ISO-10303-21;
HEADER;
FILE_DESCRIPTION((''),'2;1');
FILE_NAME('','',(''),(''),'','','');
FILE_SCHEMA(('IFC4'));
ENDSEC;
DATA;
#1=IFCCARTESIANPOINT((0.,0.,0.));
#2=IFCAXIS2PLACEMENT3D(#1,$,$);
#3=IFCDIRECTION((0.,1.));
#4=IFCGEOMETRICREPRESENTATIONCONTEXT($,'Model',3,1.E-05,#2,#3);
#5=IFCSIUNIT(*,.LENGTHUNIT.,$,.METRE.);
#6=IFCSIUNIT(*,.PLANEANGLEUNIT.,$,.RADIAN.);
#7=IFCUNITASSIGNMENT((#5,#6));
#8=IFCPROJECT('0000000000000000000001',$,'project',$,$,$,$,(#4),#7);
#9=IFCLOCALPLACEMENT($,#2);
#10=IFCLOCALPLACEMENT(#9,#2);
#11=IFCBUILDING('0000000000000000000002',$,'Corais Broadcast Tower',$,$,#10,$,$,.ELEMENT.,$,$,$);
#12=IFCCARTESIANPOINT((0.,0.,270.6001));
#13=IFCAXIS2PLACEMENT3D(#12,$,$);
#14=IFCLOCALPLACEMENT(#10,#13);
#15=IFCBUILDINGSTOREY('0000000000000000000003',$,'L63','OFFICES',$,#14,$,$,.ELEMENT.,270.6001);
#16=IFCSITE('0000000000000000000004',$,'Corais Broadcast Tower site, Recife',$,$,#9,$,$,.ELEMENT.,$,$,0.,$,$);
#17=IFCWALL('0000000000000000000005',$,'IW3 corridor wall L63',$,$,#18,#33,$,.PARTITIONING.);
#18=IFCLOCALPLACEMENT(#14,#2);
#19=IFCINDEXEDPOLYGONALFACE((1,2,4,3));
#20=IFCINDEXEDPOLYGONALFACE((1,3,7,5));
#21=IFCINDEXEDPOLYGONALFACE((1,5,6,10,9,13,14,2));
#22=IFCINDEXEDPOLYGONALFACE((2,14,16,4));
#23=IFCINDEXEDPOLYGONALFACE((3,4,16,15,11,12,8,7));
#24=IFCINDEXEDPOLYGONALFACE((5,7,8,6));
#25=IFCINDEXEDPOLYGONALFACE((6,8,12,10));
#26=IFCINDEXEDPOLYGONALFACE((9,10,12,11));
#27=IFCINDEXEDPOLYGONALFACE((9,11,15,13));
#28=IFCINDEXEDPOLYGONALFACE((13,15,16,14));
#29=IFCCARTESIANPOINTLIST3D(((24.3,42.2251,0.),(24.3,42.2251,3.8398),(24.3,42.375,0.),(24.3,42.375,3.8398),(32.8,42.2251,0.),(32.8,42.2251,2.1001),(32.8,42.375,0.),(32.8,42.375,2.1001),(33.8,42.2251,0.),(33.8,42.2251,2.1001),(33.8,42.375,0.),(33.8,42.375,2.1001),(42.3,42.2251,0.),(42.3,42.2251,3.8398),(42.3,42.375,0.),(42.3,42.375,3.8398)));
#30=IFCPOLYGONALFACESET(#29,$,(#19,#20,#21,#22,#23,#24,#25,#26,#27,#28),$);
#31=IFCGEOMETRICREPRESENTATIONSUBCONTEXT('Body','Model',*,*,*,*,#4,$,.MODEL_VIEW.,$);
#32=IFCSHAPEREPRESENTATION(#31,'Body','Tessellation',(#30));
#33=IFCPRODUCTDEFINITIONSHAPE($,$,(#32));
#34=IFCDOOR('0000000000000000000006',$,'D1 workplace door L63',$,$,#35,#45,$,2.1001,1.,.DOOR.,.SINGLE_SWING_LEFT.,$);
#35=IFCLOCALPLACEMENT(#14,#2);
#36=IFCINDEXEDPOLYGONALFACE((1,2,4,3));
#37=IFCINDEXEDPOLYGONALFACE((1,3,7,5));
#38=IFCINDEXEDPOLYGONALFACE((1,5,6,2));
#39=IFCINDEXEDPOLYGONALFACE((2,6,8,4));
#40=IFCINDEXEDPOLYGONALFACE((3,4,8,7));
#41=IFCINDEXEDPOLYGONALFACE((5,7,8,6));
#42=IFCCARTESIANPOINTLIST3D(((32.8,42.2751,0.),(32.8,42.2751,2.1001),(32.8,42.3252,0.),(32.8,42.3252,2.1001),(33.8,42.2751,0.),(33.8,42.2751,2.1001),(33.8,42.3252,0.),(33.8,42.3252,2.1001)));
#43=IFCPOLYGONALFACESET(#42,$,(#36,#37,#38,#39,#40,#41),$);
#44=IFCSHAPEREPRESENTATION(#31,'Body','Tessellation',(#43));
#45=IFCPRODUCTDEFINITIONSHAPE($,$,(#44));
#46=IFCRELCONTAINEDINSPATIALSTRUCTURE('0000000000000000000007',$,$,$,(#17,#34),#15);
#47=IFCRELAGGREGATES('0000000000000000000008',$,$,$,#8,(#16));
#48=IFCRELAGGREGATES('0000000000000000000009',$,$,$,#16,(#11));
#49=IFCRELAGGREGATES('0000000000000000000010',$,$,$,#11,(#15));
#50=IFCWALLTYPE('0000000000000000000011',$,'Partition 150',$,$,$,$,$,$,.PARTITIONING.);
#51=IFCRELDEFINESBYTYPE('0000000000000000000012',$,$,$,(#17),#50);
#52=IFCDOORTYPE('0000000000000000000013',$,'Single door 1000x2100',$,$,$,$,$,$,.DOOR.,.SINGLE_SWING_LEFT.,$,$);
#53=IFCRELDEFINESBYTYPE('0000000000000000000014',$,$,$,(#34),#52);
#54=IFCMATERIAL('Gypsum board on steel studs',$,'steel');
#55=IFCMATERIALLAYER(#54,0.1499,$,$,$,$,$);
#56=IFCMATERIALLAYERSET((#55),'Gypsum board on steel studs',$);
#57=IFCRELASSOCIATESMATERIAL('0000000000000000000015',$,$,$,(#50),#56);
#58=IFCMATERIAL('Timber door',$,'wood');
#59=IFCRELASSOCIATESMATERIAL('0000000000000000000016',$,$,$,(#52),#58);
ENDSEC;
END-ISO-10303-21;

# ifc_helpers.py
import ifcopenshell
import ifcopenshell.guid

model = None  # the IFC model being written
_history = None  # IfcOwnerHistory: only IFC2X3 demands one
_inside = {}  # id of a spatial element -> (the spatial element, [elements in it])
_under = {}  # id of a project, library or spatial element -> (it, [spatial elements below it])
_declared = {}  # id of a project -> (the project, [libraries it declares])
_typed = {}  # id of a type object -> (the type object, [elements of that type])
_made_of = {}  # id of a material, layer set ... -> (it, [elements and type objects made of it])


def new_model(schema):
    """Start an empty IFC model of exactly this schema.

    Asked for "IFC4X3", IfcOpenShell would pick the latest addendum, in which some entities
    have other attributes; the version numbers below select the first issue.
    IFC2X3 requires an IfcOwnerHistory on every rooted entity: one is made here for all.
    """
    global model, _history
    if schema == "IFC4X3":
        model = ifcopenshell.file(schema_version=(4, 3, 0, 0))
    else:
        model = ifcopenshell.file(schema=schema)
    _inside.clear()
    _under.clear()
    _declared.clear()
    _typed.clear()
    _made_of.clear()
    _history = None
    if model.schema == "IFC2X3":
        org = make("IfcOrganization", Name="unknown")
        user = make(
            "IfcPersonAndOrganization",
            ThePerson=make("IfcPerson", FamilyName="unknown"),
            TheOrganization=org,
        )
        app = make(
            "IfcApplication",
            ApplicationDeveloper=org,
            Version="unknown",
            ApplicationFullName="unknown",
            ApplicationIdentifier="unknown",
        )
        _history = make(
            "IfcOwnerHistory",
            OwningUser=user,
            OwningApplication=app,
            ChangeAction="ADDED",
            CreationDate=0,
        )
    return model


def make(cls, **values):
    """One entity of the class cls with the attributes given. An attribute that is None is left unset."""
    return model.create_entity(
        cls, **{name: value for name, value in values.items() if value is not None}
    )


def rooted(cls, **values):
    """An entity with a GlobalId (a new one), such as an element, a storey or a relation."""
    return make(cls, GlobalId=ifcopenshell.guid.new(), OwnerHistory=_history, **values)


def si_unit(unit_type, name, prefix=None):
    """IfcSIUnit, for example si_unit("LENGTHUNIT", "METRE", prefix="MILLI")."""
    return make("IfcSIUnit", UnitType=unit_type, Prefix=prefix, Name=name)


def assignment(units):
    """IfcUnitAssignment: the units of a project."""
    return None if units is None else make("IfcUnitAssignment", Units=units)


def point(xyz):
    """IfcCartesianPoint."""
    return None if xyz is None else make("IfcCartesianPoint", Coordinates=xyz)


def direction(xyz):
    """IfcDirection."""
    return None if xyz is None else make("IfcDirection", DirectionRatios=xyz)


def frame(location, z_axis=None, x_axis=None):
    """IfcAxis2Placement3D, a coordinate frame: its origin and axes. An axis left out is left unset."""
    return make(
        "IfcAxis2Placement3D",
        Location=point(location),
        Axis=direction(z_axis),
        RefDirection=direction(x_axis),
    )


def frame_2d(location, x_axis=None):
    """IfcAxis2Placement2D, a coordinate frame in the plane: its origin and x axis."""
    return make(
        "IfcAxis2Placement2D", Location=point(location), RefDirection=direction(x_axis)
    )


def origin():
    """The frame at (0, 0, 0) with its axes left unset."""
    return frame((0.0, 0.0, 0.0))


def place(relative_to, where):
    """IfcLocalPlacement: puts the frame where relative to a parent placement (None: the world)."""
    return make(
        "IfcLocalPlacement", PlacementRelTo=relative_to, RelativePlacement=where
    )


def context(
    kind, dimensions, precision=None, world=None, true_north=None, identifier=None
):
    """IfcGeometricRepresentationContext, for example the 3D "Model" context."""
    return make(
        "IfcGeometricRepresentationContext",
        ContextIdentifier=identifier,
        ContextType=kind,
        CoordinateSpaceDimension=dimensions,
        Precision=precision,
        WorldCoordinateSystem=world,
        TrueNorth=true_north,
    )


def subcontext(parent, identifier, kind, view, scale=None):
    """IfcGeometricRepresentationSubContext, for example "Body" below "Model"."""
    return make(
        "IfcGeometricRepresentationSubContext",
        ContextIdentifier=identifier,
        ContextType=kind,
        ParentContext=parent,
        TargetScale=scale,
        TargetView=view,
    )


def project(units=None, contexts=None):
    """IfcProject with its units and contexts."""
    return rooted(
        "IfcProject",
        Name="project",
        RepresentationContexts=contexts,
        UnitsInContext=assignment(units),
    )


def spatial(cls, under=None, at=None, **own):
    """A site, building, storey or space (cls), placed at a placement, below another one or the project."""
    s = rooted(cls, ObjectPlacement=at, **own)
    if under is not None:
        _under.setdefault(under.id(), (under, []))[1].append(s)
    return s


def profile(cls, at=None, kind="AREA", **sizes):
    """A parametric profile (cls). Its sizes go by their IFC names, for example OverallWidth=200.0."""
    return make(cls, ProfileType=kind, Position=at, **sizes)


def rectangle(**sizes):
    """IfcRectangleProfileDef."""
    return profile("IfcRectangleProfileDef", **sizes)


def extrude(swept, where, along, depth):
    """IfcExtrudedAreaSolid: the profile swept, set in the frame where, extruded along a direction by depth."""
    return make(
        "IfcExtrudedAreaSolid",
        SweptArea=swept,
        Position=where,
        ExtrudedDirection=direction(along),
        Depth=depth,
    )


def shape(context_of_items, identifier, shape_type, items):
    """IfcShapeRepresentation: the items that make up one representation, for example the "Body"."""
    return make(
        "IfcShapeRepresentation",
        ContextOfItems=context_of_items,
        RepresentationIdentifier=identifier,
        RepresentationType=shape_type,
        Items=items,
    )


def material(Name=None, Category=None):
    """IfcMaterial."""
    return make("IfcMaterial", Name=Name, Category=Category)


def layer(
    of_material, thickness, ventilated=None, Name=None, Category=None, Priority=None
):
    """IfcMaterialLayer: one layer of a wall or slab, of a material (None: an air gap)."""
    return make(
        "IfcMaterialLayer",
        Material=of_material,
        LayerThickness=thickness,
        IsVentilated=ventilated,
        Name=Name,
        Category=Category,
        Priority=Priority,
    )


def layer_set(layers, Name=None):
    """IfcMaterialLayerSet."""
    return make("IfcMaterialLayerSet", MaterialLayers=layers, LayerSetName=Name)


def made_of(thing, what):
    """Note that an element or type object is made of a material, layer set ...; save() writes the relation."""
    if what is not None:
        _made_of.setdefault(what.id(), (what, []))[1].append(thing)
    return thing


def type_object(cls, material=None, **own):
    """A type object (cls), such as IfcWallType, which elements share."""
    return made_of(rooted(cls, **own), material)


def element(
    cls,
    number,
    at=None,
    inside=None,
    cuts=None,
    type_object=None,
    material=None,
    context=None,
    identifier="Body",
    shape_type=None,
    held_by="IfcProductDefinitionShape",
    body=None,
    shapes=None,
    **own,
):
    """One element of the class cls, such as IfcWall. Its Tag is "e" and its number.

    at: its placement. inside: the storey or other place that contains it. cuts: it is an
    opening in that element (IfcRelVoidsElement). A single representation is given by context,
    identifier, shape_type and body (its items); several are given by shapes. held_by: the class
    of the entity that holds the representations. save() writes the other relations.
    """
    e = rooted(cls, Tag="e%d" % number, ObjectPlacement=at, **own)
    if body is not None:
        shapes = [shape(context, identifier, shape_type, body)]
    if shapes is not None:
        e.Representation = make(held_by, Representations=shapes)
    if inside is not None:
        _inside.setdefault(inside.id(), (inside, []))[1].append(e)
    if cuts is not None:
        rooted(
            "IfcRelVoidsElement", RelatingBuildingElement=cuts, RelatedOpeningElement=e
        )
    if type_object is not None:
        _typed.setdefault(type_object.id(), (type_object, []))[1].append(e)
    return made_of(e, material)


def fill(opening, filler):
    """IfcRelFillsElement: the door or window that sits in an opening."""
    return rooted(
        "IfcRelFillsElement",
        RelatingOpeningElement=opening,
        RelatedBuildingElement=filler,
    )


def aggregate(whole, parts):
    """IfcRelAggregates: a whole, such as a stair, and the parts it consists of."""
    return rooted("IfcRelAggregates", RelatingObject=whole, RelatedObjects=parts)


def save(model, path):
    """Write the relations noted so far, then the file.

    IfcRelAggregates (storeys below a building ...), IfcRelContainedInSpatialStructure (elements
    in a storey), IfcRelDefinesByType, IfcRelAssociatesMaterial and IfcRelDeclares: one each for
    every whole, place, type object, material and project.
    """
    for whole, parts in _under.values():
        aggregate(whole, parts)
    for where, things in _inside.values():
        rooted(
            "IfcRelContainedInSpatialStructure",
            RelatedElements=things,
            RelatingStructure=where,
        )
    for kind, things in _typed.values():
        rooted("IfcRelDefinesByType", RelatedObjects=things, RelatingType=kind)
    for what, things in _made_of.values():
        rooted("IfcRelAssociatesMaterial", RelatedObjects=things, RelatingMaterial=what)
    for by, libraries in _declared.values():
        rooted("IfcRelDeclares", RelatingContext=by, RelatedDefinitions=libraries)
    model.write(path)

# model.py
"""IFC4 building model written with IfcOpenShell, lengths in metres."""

from ifc_helpers import new_model, si_unit, direction, frame, frame_2d, origin, place, context, subcontext, project, spatial, rectangle, extrude, material, layer, layer_set, type_object, element, fill, save


model = new_model("IFC4")

# Units and contexts
model_context = context("Model", 3, precision=1e-05, world=origin(), true_north=direction((0.0, 1.0)))
body_context = subcontext(model_context, "Body", "Model", "MODEL_VIEW")
ifc_project = project(units=[si_unit("LENGTHUNIT", "METRE"), si_unit("PLANEANGLEUNIT", "RADIAN")], contexts=[model_context])

# Site, building, storey
site_placement = place(None, origin())
site = spatial("IfcSite", under=ifc_project, at=site_placement, Name="Corais Broadcast Tower site, Recife", CompositionType="ELEMENT", RefElevation=0.0)
building_placement = place(site_placement, origin())
building = spatial("IfcBuilding", under=site, at=building_placement, Name="Corais Broadcast Tower", CompositionType="ELEMENT")
storey_placement = place(building_placement, frame((0.0, 0.0, 270.6001)))
storey = spatial("IfcBuildingStorey", under=building, at=storey_placement, Name="L63", Description="OFFICES", CompositionType="ELEMENT", Elevation=270.6001)

# Wall, opening, door
ifc_material_1 = material(Name="Gypsum board on steel studs", Category="steel")
ifc_layer_1 = layer(ifc_material_1, 0.1499)
ifc_layer_set_1 = layer_set([ifc_layer_1], Name="Gypsum board on steel studs")
wall_type = type_object("IfcWallType", Name="Partition 150", PredefinedType="PARTITIONING", material=ifc_layer_set_1)
wall_placement = place(storey_placement, frame((42.3, 42.3, 0.0), z_axis=(0.0, 0.0, 1.0), x_axis=(-1.0, 0.0, 0.0)))
wall = element("IfcWall", 1, at=wall_placement, inside=storey, type_object=wall_type, Name="IW3 corridor wall L63", PredefinedType="PARTITIONING", context=body_context, shape_type="SweptSolid", body=[
    extrude(rectangle(XDim=18.0, YDim=0.1499, at=frame_2d((9.0, 0.0))), origin(), (0.0, 0.0, 1.0), 3.8398),
])
opening_placement = place(wall_placement, frame((8.5, 0.0, 0.0)))
opening = element("IfcOpeningElement", 2, at=opening_placement, cuts=wall, PredefinedType="OPENING", context=body_context, shape_type="SweptSolid", body=[
    extrude(rectangle(XDim=1.0, YDim=2.1001, at=frame_2d((0.5, 1.05))), frame((0.0, 0.085, 0.0), z_axis=(0.0, -1.0, 0.0), x_axis=(1.0, 0.0, 0.0)), (0.0, 0.0, 1.0), 0.1699),
])
ifc_material_2 = material(Name="Timber door", Category="wood")
door_type = type_object("IfcDoorType", Name="Single door 1000x2100", OperationType="SINGLE_SWING_LEFT", PredefinedType="DOOR", material=ifc_material_2)
door_placement = place(opening_placement, origin())
door = element("IfcDoor", 3, at=door_placement, inside=storey, type_object=door_type, Name="D1 workplace door L63", OperationType="SINGLE_SWING_LEFT", OverallHeight=2.1001, OverallWidth=1.0, PredefinedType="DOOR", context=body_context, shape_type="SweptSolid", body=[
    extrude(rectangle(XDim=1.0, YDim=2.1001, at=frame_2d((0.5, 1.05))), frame((0.0, 0.0249, 0.0), z_axis=(0.0, -1.0, 0.0), x_axis=(1.0, 0.0, 0.0)), (0.0, 0.0, 1.0), 0.05),
])
fill(opening, door)

save(model, "model.ifc")
